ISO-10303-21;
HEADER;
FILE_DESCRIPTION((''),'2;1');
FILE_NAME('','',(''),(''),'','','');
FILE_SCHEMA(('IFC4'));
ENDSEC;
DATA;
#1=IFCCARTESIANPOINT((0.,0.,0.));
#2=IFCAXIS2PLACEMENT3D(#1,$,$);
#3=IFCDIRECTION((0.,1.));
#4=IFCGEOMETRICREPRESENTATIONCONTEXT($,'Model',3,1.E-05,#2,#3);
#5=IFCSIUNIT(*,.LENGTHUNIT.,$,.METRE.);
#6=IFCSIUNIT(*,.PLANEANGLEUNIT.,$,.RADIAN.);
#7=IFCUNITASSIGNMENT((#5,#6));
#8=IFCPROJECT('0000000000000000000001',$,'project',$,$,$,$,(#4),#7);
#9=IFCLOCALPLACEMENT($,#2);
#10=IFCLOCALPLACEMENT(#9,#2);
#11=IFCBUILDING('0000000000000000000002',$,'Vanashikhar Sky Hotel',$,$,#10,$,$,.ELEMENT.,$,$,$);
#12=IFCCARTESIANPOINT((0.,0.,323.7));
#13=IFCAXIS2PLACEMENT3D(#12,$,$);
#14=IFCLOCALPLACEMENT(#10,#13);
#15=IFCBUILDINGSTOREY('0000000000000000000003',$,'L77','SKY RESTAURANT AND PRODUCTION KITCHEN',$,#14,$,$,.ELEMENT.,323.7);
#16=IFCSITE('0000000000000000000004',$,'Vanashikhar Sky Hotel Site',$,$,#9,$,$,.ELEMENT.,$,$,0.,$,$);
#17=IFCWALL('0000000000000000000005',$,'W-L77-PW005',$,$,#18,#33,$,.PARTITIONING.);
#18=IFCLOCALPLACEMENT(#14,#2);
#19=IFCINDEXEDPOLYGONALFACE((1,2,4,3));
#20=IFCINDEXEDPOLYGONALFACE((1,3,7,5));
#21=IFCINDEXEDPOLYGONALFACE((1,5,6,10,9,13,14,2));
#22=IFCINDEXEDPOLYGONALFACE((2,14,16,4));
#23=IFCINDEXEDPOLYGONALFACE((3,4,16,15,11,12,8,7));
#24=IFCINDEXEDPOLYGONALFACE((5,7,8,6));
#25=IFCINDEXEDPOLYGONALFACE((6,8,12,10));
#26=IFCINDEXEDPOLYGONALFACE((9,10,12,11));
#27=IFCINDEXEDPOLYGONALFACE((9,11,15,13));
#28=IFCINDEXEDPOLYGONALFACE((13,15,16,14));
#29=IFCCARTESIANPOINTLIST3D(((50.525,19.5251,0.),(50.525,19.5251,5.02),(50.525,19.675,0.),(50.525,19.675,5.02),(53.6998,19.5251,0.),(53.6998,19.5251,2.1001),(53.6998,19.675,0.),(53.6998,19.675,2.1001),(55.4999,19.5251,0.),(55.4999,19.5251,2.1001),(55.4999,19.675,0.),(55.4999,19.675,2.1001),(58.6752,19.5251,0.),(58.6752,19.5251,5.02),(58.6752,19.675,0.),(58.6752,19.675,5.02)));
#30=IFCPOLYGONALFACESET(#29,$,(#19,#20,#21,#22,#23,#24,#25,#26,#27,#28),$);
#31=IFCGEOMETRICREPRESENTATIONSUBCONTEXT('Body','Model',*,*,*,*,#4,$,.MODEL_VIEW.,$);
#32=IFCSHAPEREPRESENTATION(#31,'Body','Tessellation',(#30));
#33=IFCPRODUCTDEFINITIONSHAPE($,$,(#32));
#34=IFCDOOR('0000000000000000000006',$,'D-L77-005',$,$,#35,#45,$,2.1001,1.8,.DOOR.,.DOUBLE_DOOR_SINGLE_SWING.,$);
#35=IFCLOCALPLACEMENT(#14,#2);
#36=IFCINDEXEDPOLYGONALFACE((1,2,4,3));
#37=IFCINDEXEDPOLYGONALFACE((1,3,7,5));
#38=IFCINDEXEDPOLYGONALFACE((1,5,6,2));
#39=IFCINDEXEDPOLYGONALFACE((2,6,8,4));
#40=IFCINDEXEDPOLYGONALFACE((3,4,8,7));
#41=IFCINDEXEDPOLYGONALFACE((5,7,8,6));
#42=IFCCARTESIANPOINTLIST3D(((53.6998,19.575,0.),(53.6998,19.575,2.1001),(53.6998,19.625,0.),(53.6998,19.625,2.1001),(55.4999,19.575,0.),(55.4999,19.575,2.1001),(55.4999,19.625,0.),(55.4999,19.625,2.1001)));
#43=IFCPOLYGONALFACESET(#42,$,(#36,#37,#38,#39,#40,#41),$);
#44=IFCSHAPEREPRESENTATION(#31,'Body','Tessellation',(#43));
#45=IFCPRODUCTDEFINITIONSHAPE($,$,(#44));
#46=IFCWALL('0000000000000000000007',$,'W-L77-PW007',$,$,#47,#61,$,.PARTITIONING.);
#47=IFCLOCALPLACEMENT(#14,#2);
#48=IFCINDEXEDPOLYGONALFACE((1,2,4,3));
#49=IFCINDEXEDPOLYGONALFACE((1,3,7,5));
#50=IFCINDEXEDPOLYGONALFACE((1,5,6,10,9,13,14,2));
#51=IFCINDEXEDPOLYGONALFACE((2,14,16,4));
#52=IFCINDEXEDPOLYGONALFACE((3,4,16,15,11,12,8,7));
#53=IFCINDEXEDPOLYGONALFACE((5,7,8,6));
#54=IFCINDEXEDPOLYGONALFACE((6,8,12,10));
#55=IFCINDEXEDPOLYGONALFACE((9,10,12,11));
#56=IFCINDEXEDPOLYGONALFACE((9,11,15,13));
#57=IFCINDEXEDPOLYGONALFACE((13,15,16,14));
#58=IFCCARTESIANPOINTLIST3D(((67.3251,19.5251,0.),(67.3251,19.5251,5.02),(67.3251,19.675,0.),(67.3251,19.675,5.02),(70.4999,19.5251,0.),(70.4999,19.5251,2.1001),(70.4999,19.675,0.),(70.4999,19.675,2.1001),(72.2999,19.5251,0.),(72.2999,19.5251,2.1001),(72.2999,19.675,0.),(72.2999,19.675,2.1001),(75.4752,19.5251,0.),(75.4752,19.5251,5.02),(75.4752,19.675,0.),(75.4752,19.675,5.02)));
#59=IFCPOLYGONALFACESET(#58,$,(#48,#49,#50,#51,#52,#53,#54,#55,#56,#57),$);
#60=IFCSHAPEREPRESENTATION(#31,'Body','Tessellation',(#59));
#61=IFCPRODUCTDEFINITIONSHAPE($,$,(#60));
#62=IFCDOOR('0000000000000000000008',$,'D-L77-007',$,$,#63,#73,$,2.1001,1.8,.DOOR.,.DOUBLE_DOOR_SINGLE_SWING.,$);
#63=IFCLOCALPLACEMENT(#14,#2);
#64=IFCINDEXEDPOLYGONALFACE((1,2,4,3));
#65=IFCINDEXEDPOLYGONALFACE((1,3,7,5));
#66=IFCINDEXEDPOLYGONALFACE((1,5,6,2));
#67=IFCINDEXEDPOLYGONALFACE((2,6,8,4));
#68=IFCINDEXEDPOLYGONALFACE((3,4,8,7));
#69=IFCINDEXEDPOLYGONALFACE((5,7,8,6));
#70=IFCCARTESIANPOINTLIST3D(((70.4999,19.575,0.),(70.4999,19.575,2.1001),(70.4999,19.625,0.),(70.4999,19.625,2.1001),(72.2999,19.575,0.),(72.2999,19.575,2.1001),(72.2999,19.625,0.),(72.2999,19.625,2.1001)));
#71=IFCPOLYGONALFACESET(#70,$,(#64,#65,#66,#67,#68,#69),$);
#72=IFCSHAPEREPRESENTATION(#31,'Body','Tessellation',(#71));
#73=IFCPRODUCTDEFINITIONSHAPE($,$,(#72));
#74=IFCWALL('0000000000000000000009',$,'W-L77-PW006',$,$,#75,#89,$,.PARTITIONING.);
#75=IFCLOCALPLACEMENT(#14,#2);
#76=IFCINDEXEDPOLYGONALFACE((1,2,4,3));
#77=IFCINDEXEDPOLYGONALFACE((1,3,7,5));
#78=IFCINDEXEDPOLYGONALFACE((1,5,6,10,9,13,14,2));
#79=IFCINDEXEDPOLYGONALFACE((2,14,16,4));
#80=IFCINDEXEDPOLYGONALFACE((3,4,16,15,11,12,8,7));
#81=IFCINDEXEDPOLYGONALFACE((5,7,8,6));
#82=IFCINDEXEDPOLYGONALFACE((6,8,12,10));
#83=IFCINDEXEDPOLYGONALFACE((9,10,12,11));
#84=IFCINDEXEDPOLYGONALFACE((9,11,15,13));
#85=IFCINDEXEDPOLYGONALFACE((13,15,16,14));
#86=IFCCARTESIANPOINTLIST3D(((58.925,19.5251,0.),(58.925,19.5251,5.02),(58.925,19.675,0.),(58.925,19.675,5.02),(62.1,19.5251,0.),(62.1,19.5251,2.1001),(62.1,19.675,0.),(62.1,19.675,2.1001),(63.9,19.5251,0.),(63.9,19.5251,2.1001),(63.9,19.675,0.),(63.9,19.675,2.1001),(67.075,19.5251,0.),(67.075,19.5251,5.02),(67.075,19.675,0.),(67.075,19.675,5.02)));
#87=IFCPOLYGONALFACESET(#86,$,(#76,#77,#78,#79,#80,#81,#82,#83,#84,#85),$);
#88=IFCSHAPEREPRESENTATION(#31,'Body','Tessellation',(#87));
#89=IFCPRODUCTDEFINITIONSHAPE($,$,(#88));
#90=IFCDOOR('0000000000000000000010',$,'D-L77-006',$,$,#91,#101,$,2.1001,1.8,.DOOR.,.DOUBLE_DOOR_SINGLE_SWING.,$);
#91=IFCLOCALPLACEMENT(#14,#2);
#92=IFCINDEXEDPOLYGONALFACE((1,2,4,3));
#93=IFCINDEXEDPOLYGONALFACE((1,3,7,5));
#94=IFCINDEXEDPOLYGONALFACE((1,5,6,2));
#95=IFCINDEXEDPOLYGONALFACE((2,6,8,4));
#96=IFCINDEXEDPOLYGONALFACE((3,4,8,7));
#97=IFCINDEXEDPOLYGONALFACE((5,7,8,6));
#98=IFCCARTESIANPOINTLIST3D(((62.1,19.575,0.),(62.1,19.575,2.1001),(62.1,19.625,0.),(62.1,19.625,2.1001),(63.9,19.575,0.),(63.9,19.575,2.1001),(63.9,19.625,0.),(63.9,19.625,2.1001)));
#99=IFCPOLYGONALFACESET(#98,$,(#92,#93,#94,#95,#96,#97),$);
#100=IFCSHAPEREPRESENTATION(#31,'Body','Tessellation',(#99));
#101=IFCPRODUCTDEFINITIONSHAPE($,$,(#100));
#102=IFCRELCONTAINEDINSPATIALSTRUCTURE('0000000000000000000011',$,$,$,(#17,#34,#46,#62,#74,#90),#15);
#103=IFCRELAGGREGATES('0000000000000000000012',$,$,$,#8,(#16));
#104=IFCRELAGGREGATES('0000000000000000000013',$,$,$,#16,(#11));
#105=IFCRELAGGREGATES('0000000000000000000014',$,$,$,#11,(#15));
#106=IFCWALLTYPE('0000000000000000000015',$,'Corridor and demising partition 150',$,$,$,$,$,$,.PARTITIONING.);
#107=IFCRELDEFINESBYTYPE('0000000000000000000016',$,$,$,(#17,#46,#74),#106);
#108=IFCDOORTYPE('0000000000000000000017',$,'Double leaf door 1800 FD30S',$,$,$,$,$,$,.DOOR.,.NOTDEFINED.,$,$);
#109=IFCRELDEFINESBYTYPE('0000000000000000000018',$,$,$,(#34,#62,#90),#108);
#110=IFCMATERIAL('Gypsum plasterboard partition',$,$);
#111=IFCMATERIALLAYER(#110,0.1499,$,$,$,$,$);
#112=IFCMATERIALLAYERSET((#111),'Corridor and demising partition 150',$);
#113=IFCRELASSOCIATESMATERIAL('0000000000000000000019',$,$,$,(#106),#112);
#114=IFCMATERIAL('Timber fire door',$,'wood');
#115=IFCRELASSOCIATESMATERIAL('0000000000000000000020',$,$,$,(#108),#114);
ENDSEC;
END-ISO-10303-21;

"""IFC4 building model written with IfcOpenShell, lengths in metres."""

from ifc_helpers import new_model, si_unit, direction, frame, frame_2d, origin, place, context, subcontext, project, spatial, rectangle, extrude, source, transform, mapped, material, layer, layer_set, type_object, element, fill, save


model = new_model("IFC4")

# Units and contexts
model_context = context("Model", 3, precision=1e-05, world=origin(), true_north=direction((0.0, 1.0)))
body_context = subcontext(model_context, "Body", "Model", "MODEL_VIEW")
ifc_project = project(units=[si_unit("LENGTHUNIT", "METRE"), si_unit("PLANEANGLEUNIT", "RADIAN")], contexts=[model_context])

# Site, building, storey
site_placement = place(None, origin())
site = spatial("IfcSite", under=ifc_project, at=site_placement, Name="Vanashikhar Sky Hotel Site", CompositionType="ELEMENT", RefElevation=0.0)
building_placement = place(site_placement, origin())
building = spatial("IfcBuilding", under=site, at=building_placement, Name="Vanashikhar Sky Hotel", CompositionType="ELEMENT")
storey_placement = place(building_placement, frame((0.0, 0.0, 323.7)))
storey = spatial("IfcBuildingStorey", under=building, at=storey_placement, Name="L77", Description="SKY RESTAURANT AND PRODUCTION KITCHEN", CompositionType="ELEMENT", Elevation=323.7)

# Walls, openings, doors
ifc_material_1 = material(Name="Gypsum plasterboard partition")
ifc_layer_1 = layer(ifc_material_1, 0.1499)
ifc_layer_set_1 = layer_set([ifc_layer_1], Name="Corridor and demising partition 150")
wall_type_1 = type_object("IfcWallType", Name="Corridor and demising partition 150", PredefinedType="PARTITIONING", material=ifc_layer_set_1)
shared_shape_1 = source(origin(), body_context, "Body", "SweptSolid", [
    extrude(rectangle(XDim=8.1501, YDim=0.1499, at=frame_2d((4.0752, 0.0))), origin(), (0.0, 0.0, 1.0), 5.02),
])
wall_1_placement = place(storey_placement, frame((50.5249, 19.6001, 0.0), z_axis=(0.0, 0.0, 1.0), x_axis=(1.0, 0.0, 0.0)))
wall_1 = element("IfcWall", 1, at=wall_1_placement, inside=storey, type_object=wall_type_1, Name="W-L77-PW005", PredefinedType="PARTITIONING", context=body_context, shape_type="MappedRepresentation", body=[
    mapped(shared_shape_1, transform((0.0, 0.0, 0.0), scale=1.0)),
])
shared_shape_2 = source(origin(), body_context, "Body", "SweptSolid", [
    extrude(rectangle(XDim=1.8, YDim=2.1001, at=frame_2d((0.8999, 1.05))), frame((0.0, 0.085, 0.0), z_axis=(0.0, -1.0, 0.0), x_axis=(1.0, 0.0, 0.0)), (0.0, 0.0, 1.0), 0.1699),
])
opening_1_placement = place(wall_1_placement, frame((3.175, 0.0, 0.0)))
opening_1 = element("IfcOpeningElement", 2, at=opening_1_placement, cuts=wall_1, PredefinedType="OPENING", context=body_context, shape_type="MappedRepresentation", body=[
    mapped(shared_shape_2, transform((0.0, 0.0, 0.0), scale=1.0)),
])
ifc_material_2 = material(Name="Timber fire door", Category="wood")
door_type_1 = type_object("IfcDoorType", Name="Double leaf door 1800 FD30S", OperationType="NOTDEFINED", PredefinedType="DOOR", material=ifc_material_2)
shared_shape_3 = source(origin(), body_context, "Body", "SweptSolid", [
    extrude(rectangle(XDim=1.8, YDim=2.1001, at=frame_2d((0.8999, 1.05))), frame((0.0, 0.0249, 0.0), z_axis=(0.0, -1.0, 0.0), x_axis=(1.0, 0.0, 0.0)), (0.0, 0.0, 1.0), 0.05),
])
door_1_placement = place(opening_1_placement, origin())
door_1 = element("IfcDoor", 3, at=door_1_placement, inside=storey, type_object=door_type_1, Name="D-L77-005", OperationType="DOUBLE_DOOR_SINGLE_SWING", OverallHeight=2.1001, OverallWidth=1.8, PredefinedType="DOOR", context=body_context, shape_type="MappedRepresentation", body=[
    mapped(shared_shape_3, transform((0.0, 0.0, 0.0), scale=1.0)),
])
fill(opening_1, door_1)
wall_2_placement = place(storey_placement, frame((67.325, 19.6001, 0.0), z_axis=(0.0, 0.0, 1.0), x_axis=(1.0, 0.0, 0.0)))
wall_2 = element("IfcWall", 4, at=wall_2_placement, inside=storey, type_object=wall_type_1, Name="W-L77-PW007", PredefinedType="PARTITIONING", context=body_context, shape_type="MappedRepresentation", body=[
    mapped(shared_shape_1, transform((0.0, 0.0, 0.0), scale=1.0)),
])
opening_2_placement = place(wall_2_placement, frame((3.175, 0.0, 0.0)))
opening_2 = element("IfcOpeningElement", 5, at=opening_2_placement, cuts=wall_2, PredefinedType="OPENING", context=body_context, shape_type="MappedRepresentation", body=[
    mapped(shared_shape_2, transform((0.0, 0.0, 0.0), scale=1.0)),
])
door_2_placement = place(opening_2_placement, origin())
door_2 = element("IfcDoor", 6, at=door_2_placement, inside=storey, type_object=door_type_1, Name="D-L77-007", OperationType="DOUBLE_DOOR_SINGLE_SWING", OverallHeight=2.1001, OverallWidth=1.8, PredefinedType="DOOR", context=body_context, shape_type="MappedRepresentation", body=[
    mapped(shared_shape_3, transform((0.0, 0.0, 0.0), scale=1.0)),
])
fill(opening_2, door_2)
shared_shape_4 = source(origin(), body_context, "Body", "SweptSolid", [
    extrude(rectangle(XDim=8.1499, YDim=0.1499, at=frame_2d((4.075, 0.0))), origin(), (0.0, 0.0, 1.0), 5.02),
])
wall_3_placement = place(storey_placement, frame((58.925, 19.6001, 0.0), z_axis=(0.0, 0.0, 1.0), x_axis=(1.0, 0.0, 0.0)))
wall_3 = element("IfcWall", 7, at=wall_3_placement, inside=storey, type_object=wall_type_1, Name="W-L77-PW006", PredefinedType="PARTITIONING", context=body_context, shape_type="MappedRepresentation", body=[
    mapped(shared_shape_4, transform((0.0, 0.0, 0.0), scale=1.0)),
])
opening_3_placement = place(wall_3_placement, frame((3.175, 0.0, 0.0)))
opening_3 = element("IfcOpeningElement", 8, at=opening_3_placement, cuts=wall_3, PredefinedType="OPENING", context=body_context, shape_type="MappedRepresentation", body=[
    mapped(shared_shape_2, transform((0.0, 0.0, 0.0), scale=1.0)),
])
door_3_placement = place(opening_3_placement, origin())
door_3 = element("IfcDoor", 9, at=door_3_placement, inside=storey, type_object=door_type_1, Name="D-L77-006", OperationType="DOUBLE_DOOR_SINGLE_SWING", OverallHeight=2.1001, OverallWidth=1.8, PredefinedType="DOOR", context=body_context, shape_type="MappedRepresentation", body=[
    mapped(shared_shape_3, transform((0.0, 0.0, 0.0), scale=1.0)),
])
fill(opening_3, door_3)

save(model, "model.ifc")
